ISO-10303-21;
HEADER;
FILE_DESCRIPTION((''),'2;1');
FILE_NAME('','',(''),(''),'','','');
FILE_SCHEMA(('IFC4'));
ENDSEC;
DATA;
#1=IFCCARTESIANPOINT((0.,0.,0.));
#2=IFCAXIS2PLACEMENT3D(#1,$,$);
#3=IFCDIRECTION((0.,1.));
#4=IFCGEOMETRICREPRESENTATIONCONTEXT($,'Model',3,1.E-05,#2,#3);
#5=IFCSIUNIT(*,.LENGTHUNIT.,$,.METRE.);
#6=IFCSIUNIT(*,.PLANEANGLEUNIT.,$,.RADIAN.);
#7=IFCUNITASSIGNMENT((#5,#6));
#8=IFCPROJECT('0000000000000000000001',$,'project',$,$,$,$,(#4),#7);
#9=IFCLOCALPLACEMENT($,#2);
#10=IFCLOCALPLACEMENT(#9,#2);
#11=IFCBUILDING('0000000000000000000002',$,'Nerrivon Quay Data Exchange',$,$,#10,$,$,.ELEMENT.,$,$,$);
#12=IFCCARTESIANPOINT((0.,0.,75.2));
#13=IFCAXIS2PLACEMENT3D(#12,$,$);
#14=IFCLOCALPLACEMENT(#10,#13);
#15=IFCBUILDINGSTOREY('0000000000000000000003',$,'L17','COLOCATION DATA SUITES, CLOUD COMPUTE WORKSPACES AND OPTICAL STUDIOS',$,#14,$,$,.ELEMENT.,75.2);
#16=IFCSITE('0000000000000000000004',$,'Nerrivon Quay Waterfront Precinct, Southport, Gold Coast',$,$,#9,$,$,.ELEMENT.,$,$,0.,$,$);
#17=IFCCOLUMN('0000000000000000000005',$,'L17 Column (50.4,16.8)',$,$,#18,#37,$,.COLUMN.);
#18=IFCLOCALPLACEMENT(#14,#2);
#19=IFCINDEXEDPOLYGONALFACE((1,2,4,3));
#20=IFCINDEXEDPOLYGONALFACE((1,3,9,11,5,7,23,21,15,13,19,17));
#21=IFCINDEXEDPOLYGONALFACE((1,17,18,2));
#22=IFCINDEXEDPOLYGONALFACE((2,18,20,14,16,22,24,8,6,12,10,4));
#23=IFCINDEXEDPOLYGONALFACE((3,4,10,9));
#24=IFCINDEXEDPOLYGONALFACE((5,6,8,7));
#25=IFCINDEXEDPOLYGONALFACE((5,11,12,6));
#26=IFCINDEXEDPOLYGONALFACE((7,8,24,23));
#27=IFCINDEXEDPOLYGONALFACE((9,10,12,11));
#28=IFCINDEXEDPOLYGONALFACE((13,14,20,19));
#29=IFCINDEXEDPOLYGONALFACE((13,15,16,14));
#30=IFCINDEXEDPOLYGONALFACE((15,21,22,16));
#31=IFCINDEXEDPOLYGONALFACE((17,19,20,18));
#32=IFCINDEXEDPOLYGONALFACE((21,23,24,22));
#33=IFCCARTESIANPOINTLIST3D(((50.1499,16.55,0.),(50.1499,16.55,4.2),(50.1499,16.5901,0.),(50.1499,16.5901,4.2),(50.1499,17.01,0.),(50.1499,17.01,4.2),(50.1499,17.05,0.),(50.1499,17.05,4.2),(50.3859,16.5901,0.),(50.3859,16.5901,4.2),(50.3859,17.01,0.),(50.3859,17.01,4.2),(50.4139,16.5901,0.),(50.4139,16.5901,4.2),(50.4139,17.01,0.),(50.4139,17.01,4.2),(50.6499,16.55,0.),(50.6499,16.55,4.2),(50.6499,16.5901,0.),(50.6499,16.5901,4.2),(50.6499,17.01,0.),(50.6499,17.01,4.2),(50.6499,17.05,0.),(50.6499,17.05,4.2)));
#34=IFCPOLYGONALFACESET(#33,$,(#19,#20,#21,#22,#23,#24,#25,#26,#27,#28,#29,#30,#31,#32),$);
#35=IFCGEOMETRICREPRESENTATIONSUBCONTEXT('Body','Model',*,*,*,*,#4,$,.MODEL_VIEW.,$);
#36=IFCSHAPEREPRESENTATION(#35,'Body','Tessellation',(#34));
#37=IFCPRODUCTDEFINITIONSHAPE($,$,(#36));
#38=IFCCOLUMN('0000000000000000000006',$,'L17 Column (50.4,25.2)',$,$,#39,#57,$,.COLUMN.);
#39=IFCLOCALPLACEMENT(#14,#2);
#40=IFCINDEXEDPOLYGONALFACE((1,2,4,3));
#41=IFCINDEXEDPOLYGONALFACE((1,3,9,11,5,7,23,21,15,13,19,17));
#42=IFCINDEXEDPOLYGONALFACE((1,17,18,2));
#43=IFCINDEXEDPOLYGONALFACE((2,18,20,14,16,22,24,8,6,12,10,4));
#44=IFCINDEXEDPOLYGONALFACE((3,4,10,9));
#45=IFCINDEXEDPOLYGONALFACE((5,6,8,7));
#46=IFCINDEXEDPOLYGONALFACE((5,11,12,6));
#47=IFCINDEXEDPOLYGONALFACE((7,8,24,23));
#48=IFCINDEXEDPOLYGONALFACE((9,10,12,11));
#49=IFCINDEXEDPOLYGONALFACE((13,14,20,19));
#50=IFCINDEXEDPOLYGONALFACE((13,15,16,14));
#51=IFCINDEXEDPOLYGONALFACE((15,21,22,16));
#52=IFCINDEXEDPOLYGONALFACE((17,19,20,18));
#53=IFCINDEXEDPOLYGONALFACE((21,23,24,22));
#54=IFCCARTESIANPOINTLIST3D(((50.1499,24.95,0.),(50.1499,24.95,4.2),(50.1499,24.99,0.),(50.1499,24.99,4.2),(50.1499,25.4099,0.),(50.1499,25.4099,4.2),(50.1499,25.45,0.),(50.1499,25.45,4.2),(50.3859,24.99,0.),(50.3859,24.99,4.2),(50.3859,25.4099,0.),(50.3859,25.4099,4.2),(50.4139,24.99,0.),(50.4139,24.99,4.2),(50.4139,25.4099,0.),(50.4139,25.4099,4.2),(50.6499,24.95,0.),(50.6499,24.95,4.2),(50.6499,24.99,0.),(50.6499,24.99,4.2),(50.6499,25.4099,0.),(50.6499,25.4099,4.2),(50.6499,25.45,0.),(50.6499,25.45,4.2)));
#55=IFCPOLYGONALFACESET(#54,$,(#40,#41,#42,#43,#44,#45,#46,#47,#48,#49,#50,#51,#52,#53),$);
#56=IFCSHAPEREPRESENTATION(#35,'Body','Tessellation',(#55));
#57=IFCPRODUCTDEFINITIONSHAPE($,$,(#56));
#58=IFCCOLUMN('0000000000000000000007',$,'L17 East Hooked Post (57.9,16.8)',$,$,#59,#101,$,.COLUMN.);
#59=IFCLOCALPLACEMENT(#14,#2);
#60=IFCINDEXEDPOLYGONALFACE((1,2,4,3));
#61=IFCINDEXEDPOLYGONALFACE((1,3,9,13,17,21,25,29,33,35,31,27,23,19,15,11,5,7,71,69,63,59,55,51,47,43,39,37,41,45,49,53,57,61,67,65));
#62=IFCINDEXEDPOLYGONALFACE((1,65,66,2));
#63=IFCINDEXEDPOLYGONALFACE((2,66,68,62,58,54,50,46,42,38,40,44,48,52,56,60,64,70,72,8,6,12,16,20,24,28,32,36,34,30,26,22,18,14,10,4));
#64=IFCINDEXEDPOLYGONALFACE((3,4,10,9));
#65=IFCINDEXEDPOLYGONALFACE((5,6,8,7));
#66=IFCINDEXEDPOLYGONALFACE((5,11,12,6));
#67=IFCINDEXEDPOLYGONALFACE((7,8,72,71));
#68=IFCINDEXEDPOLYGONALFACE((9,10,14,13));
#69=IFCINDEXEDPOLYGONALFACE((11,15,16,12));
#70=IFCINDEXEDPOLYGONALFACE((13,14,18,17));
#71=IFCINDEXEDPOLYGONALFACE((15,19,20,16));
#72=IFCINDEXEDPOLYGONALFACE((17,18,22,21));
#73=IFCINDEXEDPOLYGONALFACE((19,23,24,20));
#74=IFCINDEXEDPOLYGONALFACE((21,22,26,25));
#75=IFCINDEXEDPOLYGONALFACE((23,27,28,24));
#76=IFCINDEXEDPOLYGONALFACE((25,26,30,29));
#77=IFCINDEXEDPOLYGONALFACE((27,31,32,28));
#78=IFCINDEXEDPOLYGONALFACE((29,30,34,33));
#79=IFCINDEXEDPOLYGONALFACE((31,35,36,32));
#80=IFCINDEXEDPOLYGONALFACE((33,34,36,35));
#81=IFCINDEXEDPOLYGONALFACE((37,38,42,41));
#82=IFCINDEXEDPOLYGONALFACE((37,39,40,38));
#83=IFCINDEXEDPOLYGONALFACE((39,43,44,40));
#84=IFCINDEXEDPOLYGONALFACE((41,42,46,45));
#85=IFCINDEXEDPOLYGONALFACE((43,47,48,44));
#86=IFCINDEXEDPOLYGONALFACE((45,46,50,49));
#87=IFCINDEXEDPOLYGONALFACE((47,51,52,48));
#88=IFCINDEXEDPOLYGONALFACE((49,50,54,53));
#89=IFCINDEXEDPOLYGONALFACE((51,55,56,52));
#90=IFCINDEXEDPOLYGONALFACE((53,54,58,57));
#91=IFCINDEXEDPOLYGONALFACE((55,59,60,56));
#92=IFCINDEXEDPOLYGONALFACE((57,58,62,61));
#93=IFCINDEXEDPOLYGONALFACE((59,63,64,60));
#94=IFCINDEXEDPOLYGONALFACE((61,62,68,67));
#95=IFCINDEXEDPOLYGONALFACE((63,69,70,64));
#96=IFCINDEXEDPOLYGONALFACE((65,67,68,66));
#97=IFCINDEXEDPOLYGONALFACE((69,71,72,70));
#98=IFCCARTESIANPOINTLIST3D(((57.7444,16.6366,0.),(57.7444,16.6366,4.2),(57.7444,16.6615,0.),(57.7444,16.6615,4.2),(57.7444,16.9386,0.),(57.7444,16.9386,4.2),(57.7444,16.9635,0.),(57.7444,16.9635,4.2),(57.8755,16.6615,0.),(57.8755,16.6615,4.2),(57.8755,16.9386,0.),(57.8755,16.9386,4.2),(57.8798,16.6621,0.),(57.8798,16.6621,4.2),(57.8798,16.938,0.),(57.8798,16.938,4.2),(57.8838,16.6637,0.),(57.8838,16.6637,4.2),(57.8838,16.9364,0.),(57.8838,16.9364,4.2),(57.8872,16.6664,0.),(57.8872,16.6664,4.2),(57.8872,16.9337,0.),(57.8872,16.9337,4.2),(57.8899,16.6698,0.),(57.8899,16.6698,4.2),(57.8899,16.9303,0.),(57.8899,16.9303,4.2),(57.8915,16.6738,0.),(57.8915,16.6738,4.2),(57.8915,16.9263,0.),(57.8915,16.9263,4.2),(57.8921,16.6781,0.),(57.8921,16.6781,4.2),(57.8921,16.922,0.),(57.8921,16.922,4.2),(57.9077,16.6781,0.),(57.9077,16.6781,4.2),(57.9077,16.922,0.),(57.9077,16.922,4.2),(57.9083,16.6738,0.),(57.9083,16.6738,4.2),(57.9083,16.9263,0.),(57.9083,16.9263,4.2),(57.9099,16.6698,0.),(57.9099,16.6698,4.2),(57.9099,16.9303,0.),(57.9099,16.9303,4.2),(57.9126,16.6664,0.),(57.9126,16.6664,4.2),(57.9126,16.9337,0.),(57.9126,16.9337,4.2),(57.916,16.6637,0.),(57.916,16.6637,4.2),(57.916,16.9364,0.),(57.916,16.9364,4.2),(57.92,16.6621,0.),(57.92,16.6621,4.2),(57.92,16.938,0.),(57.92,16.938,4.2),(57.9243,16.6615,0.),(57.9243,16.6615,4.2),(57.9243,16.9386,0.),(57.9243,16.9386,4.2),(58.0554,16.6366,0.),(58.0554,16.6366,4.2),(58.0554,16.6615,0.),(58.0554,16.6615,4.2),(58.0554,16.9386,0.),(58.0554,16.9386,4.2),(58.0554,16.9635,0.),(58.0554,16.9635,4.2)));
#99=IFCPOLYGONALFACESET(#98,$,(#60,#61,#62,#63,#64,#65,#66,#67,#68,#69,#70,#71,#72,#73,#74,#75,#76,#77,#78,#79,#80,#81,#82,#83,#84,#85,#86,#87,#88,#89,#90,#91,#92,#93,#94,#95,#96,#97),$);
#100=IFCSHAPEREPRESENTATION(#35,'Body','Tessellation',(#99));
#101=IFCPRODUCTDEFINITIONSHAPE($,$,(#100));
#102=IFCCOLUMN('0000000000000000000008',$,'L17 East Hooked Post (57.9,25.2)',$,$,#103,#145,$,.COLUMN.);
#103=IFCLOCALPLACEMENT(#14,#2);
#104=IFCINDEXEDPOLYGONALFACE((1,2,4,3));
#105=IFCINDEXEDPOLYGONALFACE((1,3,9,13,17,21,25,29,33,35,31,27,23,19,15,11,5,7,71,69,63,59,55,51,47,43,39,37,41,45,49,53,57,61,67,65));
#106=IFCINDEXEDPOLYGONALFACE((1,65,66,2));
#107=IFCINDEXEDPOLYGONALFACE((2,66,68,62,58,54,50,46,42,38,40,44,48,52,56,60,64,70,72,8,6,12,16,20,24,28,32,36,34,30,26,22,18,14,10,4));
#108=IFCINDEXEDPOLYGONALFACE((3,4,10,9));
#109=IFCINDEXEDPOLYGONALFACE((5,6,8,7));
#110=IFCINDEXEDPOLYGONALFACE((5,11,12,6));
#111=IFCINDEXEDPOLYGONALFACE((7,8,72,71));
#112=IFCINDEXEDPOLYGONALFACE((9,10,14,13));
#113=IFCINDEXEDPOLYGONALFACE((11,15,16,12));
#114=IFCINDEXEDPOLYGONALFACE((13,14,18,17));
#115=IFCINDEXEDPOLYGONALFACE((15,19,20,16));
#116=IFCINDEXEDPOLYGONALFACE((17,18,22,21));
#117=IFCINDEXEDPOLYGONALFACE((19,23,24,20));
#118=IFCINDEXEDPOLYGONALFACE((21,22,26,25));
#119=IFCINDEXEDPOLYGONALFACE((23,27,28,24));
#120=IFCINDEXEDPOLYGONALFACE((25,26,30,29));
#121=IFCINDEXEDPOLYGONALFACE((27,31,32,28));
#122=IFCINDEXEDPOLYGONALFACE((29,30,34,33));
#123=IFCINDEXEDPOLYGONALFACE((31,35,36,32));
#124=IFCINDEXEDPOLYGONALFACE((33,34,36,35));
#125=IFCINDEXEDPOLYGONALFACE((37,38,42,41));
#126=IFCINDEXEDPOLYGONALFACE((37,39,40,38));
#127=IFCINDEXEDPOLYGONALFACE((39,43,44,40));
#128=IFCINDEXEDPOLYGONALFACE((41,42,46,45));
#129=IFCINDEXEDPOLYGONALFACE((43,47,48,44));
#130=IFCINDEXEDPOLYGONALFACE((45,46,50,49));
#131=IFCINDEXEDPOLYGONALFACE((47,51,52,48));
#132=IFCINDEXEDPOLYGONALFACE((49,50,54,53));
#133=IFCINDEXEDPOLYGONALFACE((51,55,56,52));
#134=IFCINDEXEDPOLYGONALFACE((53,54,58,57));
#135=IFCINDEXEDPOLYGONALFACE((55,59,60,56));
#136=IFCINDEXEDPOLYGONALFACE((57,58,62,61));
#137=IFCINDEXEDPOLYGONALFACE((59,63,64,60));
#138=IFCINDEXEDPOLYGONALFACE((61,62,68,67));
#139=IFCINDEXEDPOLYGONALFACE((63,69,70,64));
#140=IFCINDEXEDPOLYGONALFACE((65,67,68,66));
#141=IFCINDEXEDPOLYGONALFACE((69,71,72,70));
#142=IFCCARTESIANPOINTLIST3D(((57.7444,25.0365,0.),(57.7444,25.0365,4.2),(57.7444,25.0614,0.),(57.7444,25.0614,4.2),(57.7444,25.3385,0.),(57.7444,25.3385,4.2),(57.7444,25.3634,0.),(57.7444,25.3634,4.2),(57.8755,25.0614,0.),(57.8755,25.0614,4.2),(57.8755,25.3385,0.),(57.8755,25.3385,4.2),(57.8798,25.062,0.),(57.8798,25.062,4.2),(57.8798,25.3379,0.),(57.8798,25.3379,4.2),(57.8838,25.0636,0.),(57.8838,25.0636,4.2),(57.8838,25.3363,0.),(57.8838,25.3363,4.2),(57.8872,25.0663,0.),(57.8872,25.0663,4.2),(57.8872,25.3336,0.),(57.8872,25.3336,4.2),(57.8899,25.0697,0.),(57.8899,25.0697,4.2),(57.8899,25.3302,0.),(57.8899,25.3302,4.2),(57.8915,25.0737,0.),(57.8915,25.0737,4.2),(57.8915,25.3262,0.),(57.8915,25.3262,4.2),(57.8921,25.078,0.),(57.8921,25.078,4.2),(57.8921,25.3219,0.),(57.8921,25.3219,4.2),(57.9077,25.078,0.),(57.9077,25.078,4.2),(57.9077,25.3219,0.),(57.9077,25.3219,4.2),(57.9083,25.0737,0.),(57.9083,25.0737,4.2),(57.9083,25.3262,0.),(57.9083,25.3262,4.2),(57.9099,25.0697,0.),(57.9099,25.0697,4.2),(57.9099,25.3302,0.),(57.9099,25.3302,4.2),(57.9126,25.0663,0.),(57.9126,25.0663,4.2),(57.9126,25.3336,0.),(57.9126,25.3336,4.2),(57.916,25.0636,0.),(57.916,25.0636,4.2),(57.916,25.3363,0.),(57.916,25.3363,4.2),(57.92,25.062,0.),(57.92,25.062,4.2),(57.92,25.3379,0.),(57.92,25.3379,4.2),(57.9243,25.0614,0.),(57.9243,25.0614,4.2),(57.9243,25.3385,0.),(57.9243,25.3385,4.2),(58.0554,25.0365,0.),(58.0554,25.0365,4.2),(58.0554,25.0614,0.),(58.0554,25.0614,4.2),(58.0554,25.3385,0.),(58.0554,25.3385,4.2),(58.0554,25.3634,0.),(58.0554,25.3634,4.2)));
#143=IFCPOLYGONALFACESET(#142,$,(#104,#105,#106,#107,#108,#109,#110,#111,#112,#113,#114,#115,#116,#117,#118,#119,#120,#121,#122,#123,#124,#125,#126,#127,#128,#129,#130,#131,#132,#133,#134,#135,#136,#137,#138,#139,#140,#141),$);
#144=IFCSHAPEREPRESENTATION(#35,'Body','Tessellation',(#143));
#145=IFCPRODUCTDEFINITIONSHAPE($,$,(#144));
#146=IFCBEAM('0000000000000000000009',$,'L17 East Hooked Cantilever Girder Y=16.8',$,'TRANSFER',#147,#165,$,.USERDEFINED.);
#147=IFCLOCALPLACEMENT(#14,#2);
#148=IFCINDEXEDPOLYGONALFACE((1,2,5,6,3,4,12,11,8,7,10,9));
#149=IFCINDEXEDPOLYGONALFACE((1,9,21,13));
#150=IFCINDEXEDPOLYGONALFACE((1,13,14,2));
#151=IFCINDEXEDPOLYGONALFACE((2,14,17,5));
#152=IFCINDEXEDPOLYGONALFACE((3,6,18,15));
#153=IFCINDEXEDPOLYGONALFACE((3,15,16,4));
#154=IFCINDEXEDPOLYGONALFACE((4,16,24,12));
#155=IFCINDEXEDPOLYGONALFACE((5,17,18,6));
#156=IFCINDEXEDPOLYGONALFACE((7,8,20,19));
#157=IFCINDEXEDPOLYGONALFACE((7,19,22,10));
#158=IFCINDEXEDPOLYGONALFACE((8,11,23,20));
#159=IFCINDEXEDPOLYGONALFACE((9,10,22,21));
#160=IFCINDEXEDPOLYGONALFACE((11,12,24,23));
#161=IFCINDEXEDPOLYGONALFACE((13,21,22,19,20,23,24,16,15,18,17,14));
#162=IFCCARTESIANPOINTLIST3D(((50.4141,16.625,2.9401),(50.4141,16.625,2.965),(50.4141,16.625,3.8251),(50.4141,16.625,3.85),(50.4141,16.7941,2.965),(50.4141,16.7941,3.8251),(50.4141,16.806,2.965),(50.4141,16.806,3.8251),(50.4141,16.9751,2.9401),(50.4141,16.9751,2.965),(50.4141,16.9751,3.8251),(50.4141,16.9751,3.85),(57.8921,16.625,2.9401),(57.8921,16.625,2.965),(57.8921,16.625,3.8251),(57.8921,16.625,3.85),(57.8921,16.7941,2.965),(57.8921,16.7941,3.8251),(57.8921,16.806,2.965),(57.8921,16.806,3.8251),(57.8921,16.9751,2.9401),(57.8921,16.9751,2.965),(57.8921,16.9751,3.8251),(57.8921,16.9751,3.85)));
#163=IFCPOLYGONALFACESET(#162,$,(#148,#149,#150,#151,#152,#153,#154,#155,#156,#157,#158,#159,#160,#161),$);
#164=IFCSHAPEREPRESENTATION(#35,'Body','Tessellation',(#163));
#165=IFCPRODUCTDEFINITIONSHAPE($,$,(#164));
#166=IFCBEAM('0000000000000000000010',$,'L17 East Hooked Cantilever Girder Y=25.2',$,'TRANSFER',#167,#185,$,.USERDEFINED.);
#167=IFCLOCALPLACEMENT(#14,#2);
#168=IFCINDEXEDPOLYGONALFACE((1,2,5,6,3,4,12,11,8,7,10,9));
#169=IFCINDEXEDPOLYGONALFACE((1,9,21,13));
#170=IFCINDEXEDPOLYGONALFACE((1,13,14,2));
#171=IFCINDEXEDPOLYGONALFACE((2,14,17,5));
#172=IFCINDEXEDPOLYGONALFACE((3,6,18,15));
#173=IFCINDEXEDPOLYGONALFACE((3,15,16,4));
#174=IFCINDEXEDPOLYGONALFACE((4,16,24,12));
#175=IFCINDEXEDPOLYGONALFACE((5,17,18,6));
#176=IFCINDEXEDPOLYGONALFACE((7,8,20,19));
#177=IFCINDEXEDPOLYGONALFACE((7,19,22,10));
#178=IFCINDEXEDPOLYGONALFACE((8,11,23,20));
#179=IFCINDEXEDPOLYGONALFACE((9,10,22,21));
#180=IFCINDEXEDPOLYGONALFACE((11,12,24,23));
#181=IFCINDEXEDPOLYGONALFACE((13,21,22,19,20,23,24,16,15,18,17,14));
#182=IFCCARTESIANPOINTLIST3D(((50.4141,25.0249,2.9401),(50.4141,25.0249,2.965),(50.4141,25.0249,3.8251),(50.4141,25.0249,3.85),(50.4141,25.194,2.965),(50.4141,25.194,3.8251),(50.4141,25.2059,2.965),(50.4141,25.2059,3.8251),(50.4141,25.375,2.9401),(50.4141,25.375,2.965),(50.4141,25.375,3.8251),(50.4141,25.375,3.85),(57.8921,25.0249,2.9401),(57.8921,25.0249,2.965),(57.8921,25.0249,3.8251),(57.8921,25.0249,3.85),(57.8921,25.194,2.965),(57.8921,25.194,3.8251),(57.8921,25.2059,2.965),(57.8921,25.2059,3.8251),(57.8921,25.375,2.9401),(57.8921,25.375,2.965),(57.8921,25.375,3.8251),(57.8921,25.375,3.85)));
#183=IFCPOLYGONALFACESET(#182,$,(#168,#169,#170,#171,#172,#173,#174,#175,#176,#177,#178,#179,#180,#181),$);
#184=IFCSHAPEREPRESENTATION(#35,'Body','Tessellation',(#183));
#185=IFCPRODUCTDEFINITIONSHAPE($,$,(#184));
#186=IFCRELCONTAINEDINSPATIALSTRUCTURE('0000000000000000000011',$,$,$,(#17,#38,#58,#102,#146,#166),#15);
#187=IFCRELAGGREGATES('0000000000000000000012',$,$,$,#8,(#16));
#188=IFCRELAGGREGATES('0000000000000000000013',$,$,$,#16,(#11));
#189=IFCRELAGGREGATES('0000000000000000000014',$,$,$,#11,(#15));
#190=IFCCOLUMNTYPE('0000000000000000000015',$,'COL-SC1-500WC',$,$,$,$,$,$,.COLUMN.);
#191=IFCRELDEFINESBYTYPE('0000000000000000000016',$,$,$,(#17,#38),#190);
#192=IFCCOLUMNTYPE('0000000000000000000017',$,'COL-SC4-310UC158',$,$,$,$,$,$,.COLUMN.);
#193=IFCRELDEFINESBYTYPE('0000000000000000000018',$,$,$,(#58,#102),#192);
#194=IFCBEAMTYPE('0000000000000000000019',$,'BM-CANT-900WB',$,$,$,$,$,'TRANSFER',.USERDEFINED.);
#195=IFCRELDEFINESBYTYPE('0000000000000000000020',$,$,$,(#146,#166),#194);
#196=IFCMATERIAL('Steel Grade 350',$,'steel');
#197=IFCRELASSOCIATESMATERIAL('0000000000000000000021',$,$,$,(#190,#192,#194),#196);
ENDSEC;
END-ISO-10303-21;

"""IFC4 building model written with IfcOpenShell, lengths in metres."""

from ifc_helpers import new_model, si_unit, direction, frame, origin, origin_2d, place, context, subcontext, project, spatial, i_section, extrude, material, material_profile, profile_set, type_object, element, save


model = new_model("IFC4")

# Units and contexts
model_context = context("Model", 3, precision=1e-05, world=origin(), true_north=direction((0.0, 1.0)))
body_context = subcontext(model_context, "Body", "Model", "MODEL_VIEW")
ifc_project = project(units=[si_unit("LENGTHUNIT", "METRE"), si_unit("PLANEANGLEUNIT", "RADIAN")], contexts=[model_context])

# Site, building, storey
site_placement = place(None, origin())
site = spatial("IfcSite", under=ifc_project, at=site_placement, Name="Nerrivon Quay Waterfront Precinct, Southport, Gold Coast", CompositionType="ELEMENT", RefElevation=0.0)
building_placement = place(site_placement, origin())
building = spatial("IfcBuilding", under=site, at=building_placement, Name="Nerrivon Quay Data Exchange", CompositionType="ELEMENT")
storey_placement = place(building_placement, frame((0.0, 0.0, 75.2)))
storey = spatial("IfcBuildingStorey", under=building, at=storey_placement, Name="L17", Description="COLOCATION DATA SUITES, CLOUD COMPUTE WORKSPACES AND OPTICAL STUDIOS", CompositionType="ELEMENT", Elevation=75.2)

# Columns
ifc_material_1 = material(Name="Steel Grade 350", Category="steel")
ifc_material_profile_1 = material_profile(ifc_material_1, i_section(OverallWidth=0.5, OverallDepth=0.5, WebThickness=0.0281, FlangeThickness=0.04, at=origin_2d()), Name="500WC440")
ifc_profile_set_1 = profile_set([ifc_material_profile_1], Name="Steel Grade 350")
column_type_1 = type_object("IfcColumnType", Name="COL-SC1-500WC", PredefinedType="COLUMN", material=ifc_profile_set_1)
for number, where, z_axis, x_axis, name in (
    (1, (50.3999, 16.8, 0.0), (0.0, 0.0, 1.0), (1.0, 0.0, 0.0), "L17 Column (50.4,16.8)"),
    (2, (50.3999, 25.2, 0.0), (0.0, 0.0, 1.0), (1.0, 0.0, 0.0), "L17 Column (50.4,25.2)"),
):
    element("IfcColumn", number, at=place(storey_placement, frame(where, z_axis=z_axis, x_axis=x_axis)), inside=storey, type_object=column_type_1, Name=name, PredefinedType="COLUMN", context=body_context, shape_type="SweptSolid", body=[
        extrude(i_section(OverallWidth=0.5, OverallDepth=0.5, WebThickness=0.0281, FlangeThickness=0.04, at=origin_2d()), origin(), (0.0, 0.0, 1.0), 4.2),
    ])
ifc_material_profile_2 = material_profile(ifc_material_1, i_section(OverallWidth=0.311, OverallDepth=0.3269, WebThickness=0.0156, FlangeThickness=0.0249, FilletRadius=0.0166, at=origin_2d()), Name="310UC158")
ifc_profile_set_2 = profile_set([ifc_material_profile_2], Name="Steel Grade 350")
column_type_2 = type_object("IfcColumnType", Name="COL-SC4-310UC158", PredefinedType="COLUMN", material=ifc_profile_set_2)
for number, where, z_axis, x_axis, name in (
    (3, (57.8999, 16.8, 0.0), (0.0, 0.0, 1.0), (1.0, 0.0, 0.0), "L17 East Hooked Post (57.9,16.8)"),
    (4, (57.8999, 25.2, 0.0), (0.0, 0.0, 1.0), (1.0, 0.0, 0.0), "L17 East Hooked Post (57.9,25.2)"),
):
    element("IfcColumn", number, at=place(storey_placement, frame(where, z_axis=z_axis, x_axis=x_axis)), inside=storey, type_object=column_type_2, Name=name, PredefinedType="COLUMN", context=body_context, shape_type="SweptSolid", body=[
        extrude(i_section(OverallWidth=0.311, OverallDepth=0.3269, WebThickness=0.0156, FlangeThickness=0.0249, FilletRadius=0.0166, at=origin_2d()), origin(), (0.0, 0.0, 1.0), 4.2),
    ])

# Beams
ifc_material_profile_3 = material_profile(ifc_material_1, i_section(OverallWidth=0.3501, OverallDepth=0.9099, WebThickness=0.012, FlangeThickness=0.0249, at=origin_2d()), Name="900WB218")
ifc_profile_set_3 = profile_set([ifc_material_profile_3], Name="Steel Grade 350")
beam_type_1 = type_object("IfcBeamType", Name="BM-CANT-900WB", ElementType="TRANSFER", PredefinedType="USERDEFINED", material=ifc_profile_set_3)
for number, where, z_axis, x_axis, name in (
    (5, (50.4141, 16.8, 3.395), (1.0, 0.0, 0.0), (0.0, 1.0, 0.0), "L17 East Hooked Cantilever Girder Y=16.8"),
    (6, (50.4141, 25.2, 3.395), (1.0, 0.0, 0.0), (0.0, 1.0, 0.0), "L17 East Hooked Cantilever Girder Y=25.2"),
):
    element("IfcBeam", number, at=place(storey_placement, frame(where, z_axis=z_axis, x_axis=x_axis)), inside=storey, type_object=beam_type_1, Name=name, ObjectType="TRANSFER", PredefinedType="USERDEFINED", context=body_context, shape_type="SweptSolid", body=[
        extrude(i_section(OverallWidth=0.3501, OverallDepth=0.9099, WebThickness=0.012, FlangeThickness=0.0249, at=origin_2d()), origin(), (0.0, 0.0, 1.0), 7.478),
    ])

save(model, "model.ifc")
